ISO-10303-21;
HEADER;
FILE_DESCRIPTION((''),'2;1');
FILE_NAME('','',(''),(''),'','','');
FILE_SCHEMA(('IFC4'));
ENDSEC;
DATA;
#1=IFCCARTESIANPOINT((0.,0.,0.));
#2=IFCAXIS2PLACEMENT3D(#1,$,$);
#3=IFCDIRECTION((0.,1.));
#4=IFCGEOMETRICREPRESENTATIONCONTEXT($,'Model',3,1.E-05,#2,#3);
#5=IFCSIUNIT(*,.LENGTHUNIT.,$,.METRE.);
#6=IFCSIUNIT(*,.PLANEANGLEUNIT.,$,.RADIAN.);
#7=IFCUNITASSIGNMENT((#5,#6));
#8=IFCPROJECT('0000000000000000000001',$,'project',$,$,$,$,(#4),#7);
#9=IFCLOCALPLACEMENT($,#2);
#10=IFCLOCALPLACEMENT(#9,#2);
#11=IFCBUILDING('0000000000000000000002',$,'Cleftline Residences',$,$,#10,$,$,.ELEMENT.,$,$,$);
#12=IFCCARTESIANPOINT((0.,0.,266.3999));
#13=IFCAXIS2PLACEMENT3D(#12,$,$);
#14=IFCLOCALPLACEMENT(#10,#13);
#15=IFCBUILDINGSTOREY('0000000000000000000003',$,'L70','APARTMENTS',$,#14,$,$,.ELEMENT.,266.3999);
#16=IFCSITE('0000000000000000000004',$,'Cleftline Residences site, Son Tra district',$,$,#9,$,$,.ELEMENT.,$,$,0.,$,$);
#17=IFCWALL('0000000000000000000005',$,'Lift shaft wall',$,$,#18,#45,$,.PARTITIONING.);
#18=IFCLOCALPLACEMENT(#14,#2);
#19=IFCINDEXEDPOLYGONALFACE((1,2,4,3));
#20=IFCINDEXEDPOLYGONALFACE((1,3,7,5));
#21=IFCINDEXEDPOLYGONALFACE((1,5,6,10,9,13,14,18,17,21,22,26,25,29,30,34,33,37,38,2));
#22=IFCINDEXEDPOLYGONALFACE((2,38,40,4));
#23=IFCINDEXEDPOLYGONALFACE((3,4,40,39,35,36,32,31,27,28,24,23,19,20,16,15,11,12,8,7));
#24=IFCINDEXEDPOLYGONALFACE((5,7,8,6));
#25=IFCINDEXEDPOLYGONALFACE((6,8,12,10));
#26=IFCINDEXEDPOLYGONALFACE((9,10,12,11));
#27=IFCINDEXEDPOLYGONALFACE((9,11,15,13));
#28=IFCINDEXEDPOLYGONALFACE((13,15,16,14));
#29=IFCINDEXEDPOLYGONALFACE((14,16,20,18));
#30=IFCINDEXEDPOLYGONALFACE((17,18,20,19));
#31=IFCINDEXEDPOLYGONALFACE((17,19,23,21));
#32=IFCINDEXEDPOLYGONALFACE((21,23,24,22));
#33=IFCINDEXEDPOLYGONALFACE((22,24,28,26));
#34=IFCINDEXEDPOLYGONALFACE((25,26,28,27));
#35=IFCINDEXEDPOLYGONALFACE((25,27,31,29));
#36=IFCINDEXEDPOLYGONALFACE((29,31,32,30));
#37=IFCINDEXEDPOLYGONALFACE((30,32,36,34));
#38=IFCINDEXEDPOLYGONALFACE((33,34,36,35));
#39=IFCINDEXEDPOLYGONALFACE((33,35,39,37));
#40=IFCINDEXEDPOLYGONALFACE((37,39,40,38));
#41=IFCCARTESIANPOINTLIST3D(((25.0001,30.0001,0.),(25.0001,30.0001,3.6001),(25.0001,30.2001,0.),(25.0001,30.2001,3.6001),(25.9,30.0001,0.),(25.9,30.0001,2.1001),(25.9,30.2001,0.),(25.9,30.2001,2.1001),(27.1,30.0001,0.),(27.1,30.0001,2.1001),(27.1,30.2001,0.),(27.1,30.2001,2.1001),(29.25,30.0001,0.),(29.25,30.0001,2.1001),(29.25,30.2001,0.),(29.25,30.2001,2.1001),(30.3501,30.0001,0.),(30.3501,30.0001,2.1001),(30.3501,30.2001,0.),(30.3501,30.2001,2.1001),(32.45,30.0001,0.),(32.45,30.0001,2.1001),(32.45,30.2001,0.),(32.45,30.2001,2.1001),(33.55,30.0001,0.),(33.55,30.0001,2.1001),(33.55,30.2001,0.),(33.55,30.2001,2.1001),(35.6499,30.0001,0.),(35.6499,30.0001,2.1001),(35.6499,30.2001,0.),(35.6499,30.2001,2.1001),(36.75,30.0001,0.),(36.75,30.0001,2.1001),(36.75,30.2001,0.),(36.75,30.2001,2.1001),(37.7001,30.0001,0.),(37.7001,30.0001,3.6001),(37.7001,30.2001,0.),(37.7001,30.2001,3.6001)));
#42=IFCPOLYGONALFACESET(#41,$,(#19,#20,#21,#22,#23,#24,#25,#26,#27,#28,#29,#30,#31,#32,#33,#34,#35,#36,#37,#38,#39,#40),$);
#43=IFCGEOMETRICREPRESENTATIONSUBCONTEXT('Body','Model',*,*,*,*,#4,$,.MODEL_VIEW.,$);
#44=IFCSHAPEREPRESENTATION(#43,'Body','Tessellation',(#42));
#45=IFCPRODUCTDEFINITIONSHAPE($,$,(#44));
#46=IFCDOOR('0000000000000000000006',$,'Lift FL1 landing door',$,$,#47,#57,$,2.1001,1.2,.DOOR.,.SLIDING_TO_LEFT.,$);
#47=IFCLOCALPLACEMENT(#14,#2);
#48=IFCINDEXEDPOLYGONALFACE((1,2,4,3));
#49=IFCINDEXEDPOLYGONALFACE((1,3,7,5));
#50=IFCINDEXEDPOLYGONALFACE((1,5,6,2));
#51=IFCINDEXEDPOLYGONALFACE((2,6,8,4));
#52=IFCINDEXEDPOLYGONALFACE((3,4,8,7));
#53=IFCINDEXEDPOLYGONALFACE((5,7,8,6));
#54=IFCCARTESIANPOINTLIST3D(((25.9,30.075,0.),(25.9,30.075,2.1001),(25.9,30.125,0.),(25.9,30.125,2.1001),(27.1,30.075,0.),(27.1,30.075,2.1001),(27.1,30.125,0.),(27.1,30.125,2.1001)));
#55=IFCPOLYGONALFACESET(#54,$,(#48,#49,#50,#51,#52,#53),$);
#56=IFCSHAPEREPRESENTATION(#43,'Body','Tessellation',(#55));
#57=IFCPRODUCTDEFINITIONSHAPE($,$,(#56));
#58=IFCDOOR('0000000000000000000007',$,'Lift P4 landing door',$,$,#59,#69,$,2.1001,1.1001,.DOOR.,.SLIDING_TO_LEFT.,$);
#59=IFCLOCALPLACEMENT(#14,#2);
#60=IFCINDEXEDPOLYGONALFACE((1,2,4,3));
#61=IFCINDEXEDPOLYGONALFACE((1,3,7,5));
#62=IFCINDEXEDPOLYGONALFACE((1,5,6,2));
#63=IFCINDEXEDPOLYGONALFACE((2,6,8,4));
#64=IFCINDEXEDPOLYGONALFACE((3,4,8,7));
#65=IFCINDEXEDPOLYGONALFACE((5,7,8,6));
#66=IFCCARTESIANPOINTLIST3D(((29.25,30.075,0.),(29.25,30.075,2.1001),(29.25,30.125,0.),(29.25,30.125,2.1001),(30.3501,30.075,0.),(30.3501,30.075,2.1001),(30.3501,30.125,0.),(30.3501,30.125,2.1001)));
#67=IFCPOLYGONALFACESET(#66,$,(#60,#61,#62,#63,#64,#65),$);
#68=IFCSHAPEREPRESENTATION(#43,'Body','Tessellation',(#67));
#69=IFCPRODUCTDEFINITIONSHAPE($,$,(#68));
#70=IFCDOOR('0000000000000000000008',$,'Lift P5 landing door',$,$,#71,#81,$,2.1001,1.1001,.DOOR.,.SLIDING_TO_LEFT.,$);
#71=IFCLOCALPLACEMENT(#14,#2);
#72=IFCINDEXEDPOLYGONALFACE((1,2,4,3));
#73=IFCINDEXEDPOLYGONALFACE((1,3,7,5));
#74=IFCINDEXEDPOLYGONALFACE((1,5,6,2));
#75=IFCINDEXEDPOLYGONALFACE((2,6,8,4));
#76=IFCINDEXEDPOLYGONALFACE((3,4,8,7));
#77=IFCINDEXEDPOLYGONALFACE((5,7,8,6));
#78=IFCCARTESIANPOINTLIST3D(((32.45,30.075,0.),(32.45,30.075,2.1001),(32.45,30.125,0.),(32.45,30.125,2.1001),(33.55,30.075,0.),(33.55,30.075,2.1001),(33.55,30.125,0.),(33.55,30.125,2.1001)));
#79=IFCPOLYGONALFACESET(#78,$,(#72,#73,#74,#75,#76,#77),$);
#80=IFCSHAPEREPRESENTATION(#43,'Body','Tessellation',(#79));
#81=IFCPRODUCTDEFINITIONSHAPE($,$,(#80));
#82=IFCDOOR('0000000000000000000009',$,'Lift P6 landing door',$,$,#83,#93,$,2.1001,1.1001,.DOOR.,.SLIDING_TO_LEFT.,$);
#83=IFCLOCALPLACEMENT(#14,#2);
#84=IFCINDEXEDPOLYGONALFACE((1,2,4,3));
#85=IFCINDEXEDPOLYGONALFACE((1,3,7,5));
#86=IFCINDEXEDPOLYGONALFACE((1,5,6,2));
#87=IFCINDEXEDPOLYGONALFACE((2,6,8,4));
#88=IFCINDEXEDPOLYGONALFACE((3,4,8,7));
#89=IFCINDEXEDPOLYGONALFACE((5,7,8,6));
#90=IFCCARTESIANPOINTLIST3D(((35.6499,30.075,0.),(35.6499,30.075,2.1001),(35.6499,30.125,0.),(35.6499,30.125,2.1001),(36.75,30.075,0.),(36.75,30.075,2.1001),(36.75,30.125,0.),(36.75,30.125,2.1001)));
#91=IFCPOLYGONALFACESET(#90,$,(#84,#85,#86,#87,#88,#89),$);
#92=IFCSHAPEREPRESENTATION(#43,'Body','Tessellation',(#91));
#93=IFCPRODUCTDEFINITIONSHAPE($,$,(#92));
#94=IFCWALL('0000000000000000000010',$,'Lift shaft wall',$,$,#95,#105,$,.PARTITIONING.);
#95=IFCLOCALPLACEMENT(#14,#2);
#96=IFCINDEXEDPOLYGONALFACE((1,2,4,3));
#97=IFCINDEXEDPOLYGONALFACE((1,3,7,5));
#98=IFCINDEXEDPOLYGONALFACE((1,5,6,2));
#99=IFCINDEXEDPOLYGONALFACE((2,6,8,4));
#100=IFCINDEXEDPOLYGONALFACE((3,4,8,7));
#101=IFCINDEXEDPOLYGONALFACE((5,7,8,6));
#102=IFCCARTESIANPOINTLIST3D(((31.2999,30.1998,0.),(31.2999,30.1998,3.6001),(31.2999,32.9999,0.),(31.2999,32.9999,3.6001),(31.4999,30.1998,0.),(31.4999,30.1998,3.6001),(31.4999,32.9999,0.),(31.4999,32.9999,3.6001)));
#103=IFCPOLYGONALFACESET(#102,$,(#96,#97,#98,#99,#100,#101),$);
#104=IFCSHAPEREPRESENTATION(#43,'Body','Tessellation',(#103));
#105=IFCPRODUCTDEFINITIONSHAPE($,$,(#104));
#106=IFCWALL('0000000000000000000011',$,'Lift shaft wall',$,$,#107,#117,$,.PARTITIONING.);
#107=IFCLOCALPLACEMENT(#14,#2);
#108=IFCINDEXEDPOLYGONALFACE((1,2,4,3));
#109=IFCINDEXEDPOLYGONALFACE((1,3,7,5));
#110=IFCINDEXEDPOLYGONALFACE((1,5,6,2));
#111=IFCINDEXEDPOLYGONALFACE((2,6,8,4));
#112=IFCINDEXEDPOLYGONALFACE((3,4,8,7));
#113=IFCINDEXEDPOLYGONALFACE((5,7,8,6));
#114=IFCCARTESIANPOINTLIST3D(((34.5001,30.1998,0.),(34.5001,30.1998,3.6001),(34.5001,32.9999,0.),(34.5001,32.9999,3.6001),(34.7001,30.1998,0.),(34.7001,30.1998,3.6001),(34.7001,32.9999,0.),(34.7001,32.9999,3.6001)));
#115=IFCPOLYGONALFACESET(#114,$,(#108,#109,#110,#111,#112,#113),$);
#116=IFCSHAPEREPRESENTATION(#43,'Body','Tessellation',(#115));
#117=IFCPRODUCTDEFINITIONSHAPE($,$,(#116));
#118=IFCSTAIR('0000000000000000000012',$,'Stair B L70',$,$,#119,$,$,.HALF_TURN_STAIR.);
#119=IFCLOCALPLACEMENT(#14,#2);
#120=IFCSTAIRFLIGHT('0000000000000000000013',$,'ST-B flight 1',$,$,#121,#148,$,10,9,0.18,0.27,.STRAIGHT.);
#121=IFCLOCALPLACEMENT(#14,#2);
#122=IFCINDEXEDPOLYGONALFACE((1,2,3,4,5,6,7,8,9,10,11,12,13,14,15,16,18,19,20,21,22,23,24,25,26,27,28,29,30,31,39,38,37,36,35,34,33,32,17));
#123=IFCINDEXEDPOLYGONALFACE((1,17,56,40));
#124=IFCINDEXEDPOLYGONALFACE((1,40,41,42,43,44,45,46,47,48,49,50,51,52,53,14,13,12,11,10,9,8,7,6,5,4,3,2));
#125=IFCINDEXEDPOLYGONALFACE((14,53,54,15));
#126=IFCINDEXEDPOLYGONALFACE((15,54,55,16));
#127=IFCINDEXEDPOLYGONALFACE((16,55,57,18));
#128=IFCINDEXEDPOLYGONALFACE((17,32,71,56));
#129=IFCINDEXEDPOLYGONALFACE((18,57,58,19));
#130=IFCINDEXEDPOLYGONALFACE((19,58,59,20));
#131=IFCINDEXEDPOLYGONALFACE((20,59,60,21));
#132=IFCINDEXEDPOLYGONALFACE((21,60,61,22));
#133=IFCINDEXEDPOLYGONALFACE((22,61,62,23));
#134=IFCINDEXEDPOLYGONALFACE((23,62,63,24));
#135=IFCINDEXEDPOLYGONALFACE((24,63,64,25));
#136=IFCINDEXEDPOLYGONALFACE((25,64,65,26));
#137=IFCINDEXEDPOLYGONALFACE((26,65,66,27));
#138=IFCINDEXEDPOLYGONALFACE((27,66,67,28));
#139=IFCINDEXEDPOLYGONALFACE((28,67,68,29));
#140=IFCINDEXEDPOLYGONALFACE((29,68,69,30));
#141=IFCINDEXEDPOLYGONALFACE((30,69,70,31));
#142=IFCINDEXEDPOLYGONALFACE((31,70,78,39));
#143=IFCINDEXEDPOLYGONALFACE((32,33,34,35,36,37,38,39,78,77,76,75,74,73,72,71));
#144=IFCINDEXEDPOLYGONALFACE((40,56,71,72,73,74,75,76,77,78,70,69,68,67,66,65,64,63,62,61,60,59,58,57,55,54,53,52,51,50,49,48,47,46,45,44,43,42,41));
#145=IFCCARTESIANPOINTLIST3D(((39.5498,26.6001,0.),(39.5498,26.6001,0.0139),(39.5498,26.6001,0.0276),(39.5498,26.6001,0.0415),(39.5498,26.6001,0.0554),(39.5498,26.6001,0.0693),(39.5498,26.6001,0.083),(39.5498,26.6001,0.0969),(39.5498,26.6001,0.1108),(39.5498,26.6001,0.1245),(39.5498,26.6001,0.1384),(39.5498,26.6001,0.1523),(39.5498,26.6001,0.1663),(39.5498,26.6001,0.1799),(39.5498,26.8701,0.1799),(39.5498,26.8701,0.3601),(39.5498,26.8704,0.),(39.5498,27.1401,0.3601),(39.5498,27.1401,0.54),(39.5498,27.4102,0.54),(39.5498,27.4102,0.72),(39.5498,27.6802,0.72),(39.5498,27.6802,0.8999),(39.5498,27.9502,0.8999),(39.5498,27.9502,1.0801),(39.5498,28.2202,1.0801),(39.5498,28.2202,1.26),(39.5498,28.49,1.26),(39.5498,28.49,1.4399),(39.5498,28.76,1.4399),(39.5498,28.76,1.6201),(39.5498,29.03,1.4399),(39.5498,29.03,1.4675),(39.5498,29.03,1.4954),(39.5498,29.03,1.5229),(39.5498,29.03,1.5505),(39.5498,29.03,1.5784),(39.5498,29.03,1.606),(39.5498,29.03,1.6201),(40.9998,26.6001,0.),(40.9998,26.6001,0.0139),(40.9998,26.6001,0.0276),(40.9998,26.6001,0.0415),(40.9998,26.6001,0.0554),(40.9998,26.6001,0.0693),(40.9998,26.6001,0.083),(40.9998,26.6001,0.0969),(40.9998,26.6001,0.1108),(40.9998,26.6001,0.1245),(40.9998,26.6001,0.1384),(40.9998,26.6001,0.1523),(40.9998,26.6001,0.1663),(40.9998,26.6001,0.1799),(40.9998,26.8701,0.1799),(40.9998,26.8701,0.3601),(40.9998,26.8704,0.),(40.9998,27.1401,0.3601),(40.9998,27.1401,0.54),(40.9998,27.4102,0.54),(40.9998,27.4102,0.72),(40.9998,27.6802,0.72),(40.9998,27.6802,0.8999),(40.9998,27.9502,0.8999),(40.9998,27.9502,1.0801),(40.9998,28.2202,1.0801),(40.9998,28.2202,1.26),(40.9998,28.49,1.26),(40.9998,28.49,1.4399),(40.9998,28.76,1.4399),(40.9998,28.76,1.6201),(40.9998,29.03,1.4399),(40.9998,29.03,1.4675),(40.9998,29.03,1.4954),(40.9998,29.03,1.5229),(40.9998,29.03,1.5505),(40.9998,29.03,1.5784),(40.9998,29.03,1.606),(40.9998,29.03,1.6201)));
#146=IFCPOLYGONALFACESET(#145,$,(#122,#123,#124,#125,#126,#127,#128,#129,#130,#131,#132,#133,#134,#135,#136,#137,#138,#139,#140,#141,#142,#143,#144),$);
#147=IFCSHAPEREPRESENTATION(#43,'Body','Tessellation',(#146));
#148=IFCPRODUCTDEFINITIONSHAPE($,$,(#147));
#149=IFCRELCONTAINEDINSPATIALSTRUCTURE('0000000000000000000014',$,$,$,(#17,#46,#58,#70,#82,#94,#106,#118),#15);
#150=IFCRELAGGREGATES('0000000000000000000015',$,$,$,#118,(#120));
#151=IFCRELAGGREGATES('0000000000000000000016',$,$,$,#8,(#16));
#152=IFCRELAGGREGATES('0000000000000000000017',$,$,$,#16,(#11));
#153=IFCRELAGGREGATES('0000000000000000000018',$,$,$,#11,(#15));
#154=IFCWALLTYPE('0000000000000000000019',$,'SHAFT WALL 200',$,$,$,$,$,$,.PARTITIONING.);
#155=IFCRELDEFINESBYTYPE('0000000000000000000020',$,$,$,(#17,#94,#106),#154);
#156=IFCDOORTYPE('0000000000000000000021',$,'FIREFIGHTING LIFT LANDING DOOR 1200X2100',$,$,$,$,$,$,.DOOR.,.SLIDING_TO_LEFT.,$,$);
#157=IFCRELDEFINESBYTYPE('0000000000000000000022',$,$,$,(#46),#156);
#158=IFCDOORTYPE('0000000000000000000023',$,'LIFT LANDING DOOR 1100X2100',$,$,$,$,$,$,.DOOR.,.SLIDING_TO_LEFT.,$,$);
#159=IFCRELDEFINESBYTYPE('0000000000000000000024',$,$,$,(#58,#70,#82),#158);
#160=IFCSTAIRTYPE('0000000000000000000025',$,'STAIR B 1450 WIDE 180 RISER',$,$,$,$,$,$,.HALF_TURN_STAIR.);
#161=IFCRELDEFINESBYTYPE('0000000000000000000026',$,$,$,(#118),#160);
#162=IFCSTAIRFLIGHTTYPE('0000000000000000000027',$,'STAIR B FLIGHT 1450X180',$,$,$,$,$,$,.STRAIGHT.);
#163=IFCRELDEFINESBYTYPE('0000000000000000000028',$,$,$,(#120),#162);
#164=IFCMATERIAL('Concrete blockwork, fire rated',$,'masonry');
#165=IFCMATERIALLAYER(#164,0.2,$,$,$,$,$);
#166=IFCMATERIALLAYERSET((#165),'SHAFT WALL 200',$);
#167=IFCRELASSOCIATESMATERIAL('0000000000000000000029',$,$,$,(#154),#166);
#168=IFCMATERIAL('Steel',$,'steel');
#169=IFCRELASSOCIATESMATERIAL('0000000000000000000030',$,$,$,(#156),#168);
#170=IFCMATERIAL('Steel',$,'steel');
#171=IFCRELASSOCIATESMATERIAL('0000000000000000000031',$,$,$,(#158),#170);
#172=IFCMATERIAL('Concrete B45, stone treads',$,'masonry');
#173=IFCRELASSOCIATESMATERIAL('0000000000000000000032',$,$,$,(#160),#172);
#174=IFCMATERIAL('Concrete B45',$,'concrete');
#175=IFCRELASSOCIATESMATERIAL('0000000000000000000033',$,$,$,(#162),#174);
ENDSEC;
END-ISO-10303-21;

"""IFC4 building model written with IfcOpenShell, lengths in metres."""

from ifc_helpers import new_model, si_unit, direction, frame, frame_2d, origin, place, context, subcontext, project, spatial, polyline, rectangle, outline, extrude, material, layer, layer_set, type_object, element, fill, aggregate, save


model = new_model("IFC4")

# Units and contexts
model_context = context("Model", 3, precision=1e-05, world=origin(), true_north=direction((0.0, 1.0)))
body_context = subcontext(model_context, "Body", "Model", "MODEL_VIEW")
ifc_project = project(units=[si_unit("LENGTHUNIT", "METRE"), si_unit("PLANEANGLEUNIT", "RADIAN")], contexts=[model_context])

# Site, building, storey
site_placement = place(None, origin())
site = spatial("IfcSite", under=ifc_project, at=site_placement, Name="Cleftline Residences site, Son Tra district", CompositionType="ELEMENT", RefElevation=0.0)
building_placement = place(site_placement, origin())
building = spatial("IfcBuilding", under=site, at=building_placement, Name="Cleftline Residences", CompositionType="ELEMENT")
storey_placement = place(building_placement, frame((0.0, 0.0, 266.3999)))
storey = spatial("IfcBuildingStorey", under=building, at=storey_placement, Name="L70", Description="APARTMENTS", CompositionType="ELEMENT", Elevation=266.3999)

# Wall, openings, doors
ifc_material_1 = material(Name="Concrete blockwork, fire rated", Category="masonry")
ifc_layer_1 = layer(ifc_material_1, 0.2)
ifc_layer_set_1 = layer_set([ifc_layer_1], Name="SHAFT WALL 200")
wall_type_1 = type_object("IfcWallType", Name="SHAFT WALL 200", PredefinedType="PARTITIONING", material=ifc_layer_set_1)
wall_1_placement = place(storey_placement, frame((25.0, 30.1001, 0.0), z_axis=(0.0, 0.0, 1.0), x_axis=(1.0, 0.0, 0.0)))
wall_1 = element("IfcWall", 1, at=wall_1_placement, inside=storey, type_object=wall_type_1, Name="Lift shaft wall", PredefinedType="PARTITIONING", context=body_context, shape_type="SweptSolid", body=[
    extrude(rectangle(XDim=12.7, YDim=0.2, at=frame_2d((6.3501, 0.0))), origin(), (0.0, 0.0, 1.0), 3.6001),
])
opening_1_placement = place(wall_1_placement, frame((4.25, 0.0, 0.0)))
opening_1 = element("IfcOpeningElement", 2, at=opening_1_placement, cuts=wall_1, PredefinedType="OPENING", context=body_context, shape_type="SweptSolid", body=[
    extrude(rectangle(XDim=1.1001, YDim=2.1001, at=frame_2d((0.55, 1.05))), frame((0.0, 0.1099, 0.0), z_axis=(0.0, -1.0, 0.0), x_axis=(1.0, 0.0, 0.0)), (0.0, 0.0, 1.0), 0.22),
])
opening_2_placement = place(wall_1_placement, frame((7.45, 0.0, 0.0)))
opening_2 = element("IfcOpeningElement", 3, at=opening_2_placement, cuts=wall_1, PredefinedType="OPENING", context=body_context, shape_type="SweptSolid", body=[
    extrude(rectangle(XDim=1.1001, YDim=2.1001, at=frame_2d((0.55, 1.05))), frame((0.0, 0.1099, 0.0), z_axis=(0.0, -1.0, 0.0), x_axis=(1.0, 0.0, 0.0)), (0.0, 0.0, 1.0), 0.22),
])
opening_3_placement = place(wall_1_placement, frame((10.6499, 0.0, 0.0)))
opening_3 = element("IfcOpeningElement", 4, at=opening_3_placement, cuts=wall_1, PredefinedType="OPENING", context=body_context, shape_type="SweptSolid", body=[
    extrude(rectangle(XDim=1.1001, YDim=2.1001, at=frame_2d((0.55, 1.05))), frame((0.0, 0.1099, 0.0), z_axis=(0.0, -1.0, 0.0), x_axis=(1.0, 0.0, 0.0)), (0.0, 0.0, 1.0), 0.22),
])
opening_4_placement = place(wall_1_placement, frame((0.8999, 0.0, 0.0)))
opening_4 = element("IfcOpeningElement", 5, at=opening_4_placement, cuts=wall_1, PredefinedType="OPENING", context=body_context, shape_type="SweptSolid", body=[
    extrude(rectangle(XDim=1.2, YDim=2.1001, at=frame_2d((0.6001, 1.05))), frame((0.0, 0.1099, 0.0), z_axis=(0.0, -1.0, 0.0), x_axis=(1.0, 0.0, 0.0)), (0.0, 0.0, 1.0), 0.22),
])
ifc_material_2 = material(Name="Steel", Category="steel")
door_type_1 = type_object("IfcDoorType", Name="FIREFIGHTING LIFT LANDING DOOR 1200X2100", OperationType="SLIDING_TO_LEFT", PredefinedType="DOOR", material=ifc_material_2)
door_1_placement = place(opening_4_placement, origin())
door_1 = element("IfcDoor", 6, at=door_1_placement, inside=storey, type_object=door_type_1, Name="Lift FL1 landing door", OperationType="SLIDING_TO_LEFT", OverallHeight=2.1001, OverallWidth=1.2, PredefinedType="DOOR", context=body_context, shape_type="SweptSolid", body=[
    extrude(rectangle(XDim=1.2, YDim=2.1001, at=frame_2d((0.6001, 1.05))), frame((0.0, 0.0249, 0.0), z_axis=(0.0, -1.0, 0.0), x_axis=(1.0, 0.0, 0.0)), (0.0, 0.0, 1.0), 0.05),
])
fill(opening_4, door_1)
ifc_material_3 = material(Name="Steel", Category="steel")
door_type_2 = type_object("IfcDoorType", Name="LIFT LANDING DOOR 1100X2100", OperationType="SLIDING_TO_LEFT", PredefinedType="DOOR", material=ifc_material_3)
door_2_placement = place(opening_1_placement, origin())
door_2 = element("IfcDoor", 7, at=door_2_placement, inside=storey, type_object=door_type_2, Name="Lift P4 landing door", OperationType="SLIDING_TO_LEFT", OverallHeight=2.1001, OverallWidth=1.1001, PredefinedType="DOOR", context=body_context, shape_type="SweptSolid", body=[
    extrude(rectangle(XDim=1.1001, YDim=2.1001, at=frame_2d((0.55, 1.05))), frame((0.0, 0.0249, 0.0), z_axis=(0.0, -1.0, 0.0), x_axis=(1.0, 0.0, 0.0)), (0.0, 0.0, 1.0), 0.05),
])
fill(opening_1, door_2)
door_3_placement = place(opening_2_placement, origin())
door_3 = element("IfcDoor", 8, at=door_3_placement, inside=storey, type_object=door_type_2, Name="Lift P5 landing door", OperationType="SLIDING_TO_LEFT", OverallHeight=2.1001, OverallWidth=1.1001, PredefinedType="DOOR", context=body_context, shape_type="SweptSolid", body=[
    extrude(rectangle(XDim=1.1001, YDim=2.1001, at=frame_2d((0.55, 1.05))), frame((0.0, 0.0249, 0.0), z_axis=(0.0, -1.0, 0.0), x_axis=(1.0, 0.0, 0.0)), (0.0, 0.0, 1.0), 0.05),
])
fill(opening_2, door_3)
door_4_placement = place(opening_3_placement, origin())
door_4 = element("IfcDoor", 9, at=door_4_placement, inside=storey, type_object=door_type_2, Name="Lift P6 landing door", OperationType="SLIDING_TO_LEFT", OverallHeight=2.1001, OverallWidth=1.1001, PredefinedType="DOOR", context=body_context, shape_type="SweptSolid", body=[
    extrude(rectangle(XDim=1.1001, YDim=2.1001, at=frame_2d((0.55, 1.05))), frame((0.0, 0.0249, 0.0), z_axis=(0.0, -1.0, 0.0), x_axis=(1.0, 0.0, 0.0)), (0.0, 0.0, 1.0), 0.05),
])
fill(opening_3, door_4)

# Walls
for number, where, z_axis, x_axis, name in (
    (10, (31.3999, 30.2, 0.0), (0.0, 0.0, 1.0), (0.0, 1.0, 0.0), "Lift shaft wall"),
    (11, (34.6001, 30.2, 0.0), (0.0, 0.0, 1.0), (0.0, 1.0, 0.0), "Lift shaft wall"),
):
    element("IfcWall", number, at=place(storey_placement, frame(where, z_axis=z_axis, x_axis=x_axis)), inside=storey, type_object=wall_type_1, Name=name, PredefinedType="PARTITIONING", context=body_context, shape_type="SweptSolid", body=[
        extrude(rectangle(XDim=2.8, YDim=0.2, at=frame_2d((1.3999, 0.0))), origin(), (0.0, 0.0, 1.0), 3.6001),
    ])

# Stair, stair flight
ifc_material_4 = material(Name="Concrete B45, stone treads", Category="masonry")
stair_type = type_object("IfcStairType", Name="STAIR B 1450 WIDE 180 RISER", PredefinedType="HALF_TURN_STAIR", material=ifc_material_4)
stair_placement = place(storey_placement, origin())
stair = element("IfcStair", 12, at=stair_placement, inside=storey, type_object=stair_type, Name="Stair B L70", PredefinedType="HALF_TURN_STAIR")
ifc_material_5 = material(Name="Concrete B45", Category="concrete")
stair_flight_type = type_object("IfcStairFlightType", Name="STAIR B FLIGHT 1450X180", PredefinedType="STRAIGHT", material=ifc_material_5)
stair_flight_1_placement = place(storey_placement, frame((40.2749, 26.6001, 0.0), z_axis=(0.0, 0.0, 1.0), x_axis=(0.0, 1.0, 0.0)))
stair_flight_1 = element("IfcStairFlight", 13, at=stair_flight_1_placement, type_object=stair_flight_type, Name="ST-B flight 1", NumberOfRisers=10, NumberOfTreads=9, PredefinedType="STRAIGHT", RiserHeight=0.18, TreadLength=0.27, context=body_context, shape_type="SweptSolid", body=[
    extrude(outline(polyline([(0.0, 0.0), (0.0, 0.0139), (0.0, 0.0276), (0.0, 0.0415), (0.0, 0.0554), (0.0, 0.0693), (0.0, 0.083), (0.0, 0.0969), (0.0, 0.1108), (0.0, 0.1245), (0.0, 0.1384), (0.0, 0.1523), (0.0, 0.1663), (0.0, 0.1799), (0.27, 0.1799), (0.27, 0.3601), (0.54, 0.3601), (0.54, 0.54), (0.8101, 0.54), (0.8101, 0.72), (1.0801, 0.72), (1.0801, 0.8999), (1.3501, 0.8999), (1.3501, 1.0801), (1.6201, 1.0801), (1.6201, 1.26), (1.8899, 1.26), (1.8899, 1.4399), (2.1599, 1.4399), (2.1599, 1.6201), (2.4299, 1.6201), (2.4299, 1.8), (2.4299, 1.7722), (2.4299, 1.7446), (2.4299, 1.7168), (2.4299, 1.6892), (2.4299, 1.6614), (2.4299, 1.6338), (2.4299, 1.606), (2.4299, 1.5784), (2.4299, 1.5505), (2.4299, 1.5229), (2.4299, 1.4954), (2.4299, 1.4675), (2.4299, 1.4399), (0.2703, 0.0), (0.0, 0.0)])), frame((0.0, 0.7251, 0.0), z_axis=(0.0, -1.0, 0.0), x_axis=(1.0, 0.0, 0.0)), (0.0, 0.0, 1.0), 1.45),
])
aggregate(stair, [stair_flight_1])

save(model, "model.ifc")
